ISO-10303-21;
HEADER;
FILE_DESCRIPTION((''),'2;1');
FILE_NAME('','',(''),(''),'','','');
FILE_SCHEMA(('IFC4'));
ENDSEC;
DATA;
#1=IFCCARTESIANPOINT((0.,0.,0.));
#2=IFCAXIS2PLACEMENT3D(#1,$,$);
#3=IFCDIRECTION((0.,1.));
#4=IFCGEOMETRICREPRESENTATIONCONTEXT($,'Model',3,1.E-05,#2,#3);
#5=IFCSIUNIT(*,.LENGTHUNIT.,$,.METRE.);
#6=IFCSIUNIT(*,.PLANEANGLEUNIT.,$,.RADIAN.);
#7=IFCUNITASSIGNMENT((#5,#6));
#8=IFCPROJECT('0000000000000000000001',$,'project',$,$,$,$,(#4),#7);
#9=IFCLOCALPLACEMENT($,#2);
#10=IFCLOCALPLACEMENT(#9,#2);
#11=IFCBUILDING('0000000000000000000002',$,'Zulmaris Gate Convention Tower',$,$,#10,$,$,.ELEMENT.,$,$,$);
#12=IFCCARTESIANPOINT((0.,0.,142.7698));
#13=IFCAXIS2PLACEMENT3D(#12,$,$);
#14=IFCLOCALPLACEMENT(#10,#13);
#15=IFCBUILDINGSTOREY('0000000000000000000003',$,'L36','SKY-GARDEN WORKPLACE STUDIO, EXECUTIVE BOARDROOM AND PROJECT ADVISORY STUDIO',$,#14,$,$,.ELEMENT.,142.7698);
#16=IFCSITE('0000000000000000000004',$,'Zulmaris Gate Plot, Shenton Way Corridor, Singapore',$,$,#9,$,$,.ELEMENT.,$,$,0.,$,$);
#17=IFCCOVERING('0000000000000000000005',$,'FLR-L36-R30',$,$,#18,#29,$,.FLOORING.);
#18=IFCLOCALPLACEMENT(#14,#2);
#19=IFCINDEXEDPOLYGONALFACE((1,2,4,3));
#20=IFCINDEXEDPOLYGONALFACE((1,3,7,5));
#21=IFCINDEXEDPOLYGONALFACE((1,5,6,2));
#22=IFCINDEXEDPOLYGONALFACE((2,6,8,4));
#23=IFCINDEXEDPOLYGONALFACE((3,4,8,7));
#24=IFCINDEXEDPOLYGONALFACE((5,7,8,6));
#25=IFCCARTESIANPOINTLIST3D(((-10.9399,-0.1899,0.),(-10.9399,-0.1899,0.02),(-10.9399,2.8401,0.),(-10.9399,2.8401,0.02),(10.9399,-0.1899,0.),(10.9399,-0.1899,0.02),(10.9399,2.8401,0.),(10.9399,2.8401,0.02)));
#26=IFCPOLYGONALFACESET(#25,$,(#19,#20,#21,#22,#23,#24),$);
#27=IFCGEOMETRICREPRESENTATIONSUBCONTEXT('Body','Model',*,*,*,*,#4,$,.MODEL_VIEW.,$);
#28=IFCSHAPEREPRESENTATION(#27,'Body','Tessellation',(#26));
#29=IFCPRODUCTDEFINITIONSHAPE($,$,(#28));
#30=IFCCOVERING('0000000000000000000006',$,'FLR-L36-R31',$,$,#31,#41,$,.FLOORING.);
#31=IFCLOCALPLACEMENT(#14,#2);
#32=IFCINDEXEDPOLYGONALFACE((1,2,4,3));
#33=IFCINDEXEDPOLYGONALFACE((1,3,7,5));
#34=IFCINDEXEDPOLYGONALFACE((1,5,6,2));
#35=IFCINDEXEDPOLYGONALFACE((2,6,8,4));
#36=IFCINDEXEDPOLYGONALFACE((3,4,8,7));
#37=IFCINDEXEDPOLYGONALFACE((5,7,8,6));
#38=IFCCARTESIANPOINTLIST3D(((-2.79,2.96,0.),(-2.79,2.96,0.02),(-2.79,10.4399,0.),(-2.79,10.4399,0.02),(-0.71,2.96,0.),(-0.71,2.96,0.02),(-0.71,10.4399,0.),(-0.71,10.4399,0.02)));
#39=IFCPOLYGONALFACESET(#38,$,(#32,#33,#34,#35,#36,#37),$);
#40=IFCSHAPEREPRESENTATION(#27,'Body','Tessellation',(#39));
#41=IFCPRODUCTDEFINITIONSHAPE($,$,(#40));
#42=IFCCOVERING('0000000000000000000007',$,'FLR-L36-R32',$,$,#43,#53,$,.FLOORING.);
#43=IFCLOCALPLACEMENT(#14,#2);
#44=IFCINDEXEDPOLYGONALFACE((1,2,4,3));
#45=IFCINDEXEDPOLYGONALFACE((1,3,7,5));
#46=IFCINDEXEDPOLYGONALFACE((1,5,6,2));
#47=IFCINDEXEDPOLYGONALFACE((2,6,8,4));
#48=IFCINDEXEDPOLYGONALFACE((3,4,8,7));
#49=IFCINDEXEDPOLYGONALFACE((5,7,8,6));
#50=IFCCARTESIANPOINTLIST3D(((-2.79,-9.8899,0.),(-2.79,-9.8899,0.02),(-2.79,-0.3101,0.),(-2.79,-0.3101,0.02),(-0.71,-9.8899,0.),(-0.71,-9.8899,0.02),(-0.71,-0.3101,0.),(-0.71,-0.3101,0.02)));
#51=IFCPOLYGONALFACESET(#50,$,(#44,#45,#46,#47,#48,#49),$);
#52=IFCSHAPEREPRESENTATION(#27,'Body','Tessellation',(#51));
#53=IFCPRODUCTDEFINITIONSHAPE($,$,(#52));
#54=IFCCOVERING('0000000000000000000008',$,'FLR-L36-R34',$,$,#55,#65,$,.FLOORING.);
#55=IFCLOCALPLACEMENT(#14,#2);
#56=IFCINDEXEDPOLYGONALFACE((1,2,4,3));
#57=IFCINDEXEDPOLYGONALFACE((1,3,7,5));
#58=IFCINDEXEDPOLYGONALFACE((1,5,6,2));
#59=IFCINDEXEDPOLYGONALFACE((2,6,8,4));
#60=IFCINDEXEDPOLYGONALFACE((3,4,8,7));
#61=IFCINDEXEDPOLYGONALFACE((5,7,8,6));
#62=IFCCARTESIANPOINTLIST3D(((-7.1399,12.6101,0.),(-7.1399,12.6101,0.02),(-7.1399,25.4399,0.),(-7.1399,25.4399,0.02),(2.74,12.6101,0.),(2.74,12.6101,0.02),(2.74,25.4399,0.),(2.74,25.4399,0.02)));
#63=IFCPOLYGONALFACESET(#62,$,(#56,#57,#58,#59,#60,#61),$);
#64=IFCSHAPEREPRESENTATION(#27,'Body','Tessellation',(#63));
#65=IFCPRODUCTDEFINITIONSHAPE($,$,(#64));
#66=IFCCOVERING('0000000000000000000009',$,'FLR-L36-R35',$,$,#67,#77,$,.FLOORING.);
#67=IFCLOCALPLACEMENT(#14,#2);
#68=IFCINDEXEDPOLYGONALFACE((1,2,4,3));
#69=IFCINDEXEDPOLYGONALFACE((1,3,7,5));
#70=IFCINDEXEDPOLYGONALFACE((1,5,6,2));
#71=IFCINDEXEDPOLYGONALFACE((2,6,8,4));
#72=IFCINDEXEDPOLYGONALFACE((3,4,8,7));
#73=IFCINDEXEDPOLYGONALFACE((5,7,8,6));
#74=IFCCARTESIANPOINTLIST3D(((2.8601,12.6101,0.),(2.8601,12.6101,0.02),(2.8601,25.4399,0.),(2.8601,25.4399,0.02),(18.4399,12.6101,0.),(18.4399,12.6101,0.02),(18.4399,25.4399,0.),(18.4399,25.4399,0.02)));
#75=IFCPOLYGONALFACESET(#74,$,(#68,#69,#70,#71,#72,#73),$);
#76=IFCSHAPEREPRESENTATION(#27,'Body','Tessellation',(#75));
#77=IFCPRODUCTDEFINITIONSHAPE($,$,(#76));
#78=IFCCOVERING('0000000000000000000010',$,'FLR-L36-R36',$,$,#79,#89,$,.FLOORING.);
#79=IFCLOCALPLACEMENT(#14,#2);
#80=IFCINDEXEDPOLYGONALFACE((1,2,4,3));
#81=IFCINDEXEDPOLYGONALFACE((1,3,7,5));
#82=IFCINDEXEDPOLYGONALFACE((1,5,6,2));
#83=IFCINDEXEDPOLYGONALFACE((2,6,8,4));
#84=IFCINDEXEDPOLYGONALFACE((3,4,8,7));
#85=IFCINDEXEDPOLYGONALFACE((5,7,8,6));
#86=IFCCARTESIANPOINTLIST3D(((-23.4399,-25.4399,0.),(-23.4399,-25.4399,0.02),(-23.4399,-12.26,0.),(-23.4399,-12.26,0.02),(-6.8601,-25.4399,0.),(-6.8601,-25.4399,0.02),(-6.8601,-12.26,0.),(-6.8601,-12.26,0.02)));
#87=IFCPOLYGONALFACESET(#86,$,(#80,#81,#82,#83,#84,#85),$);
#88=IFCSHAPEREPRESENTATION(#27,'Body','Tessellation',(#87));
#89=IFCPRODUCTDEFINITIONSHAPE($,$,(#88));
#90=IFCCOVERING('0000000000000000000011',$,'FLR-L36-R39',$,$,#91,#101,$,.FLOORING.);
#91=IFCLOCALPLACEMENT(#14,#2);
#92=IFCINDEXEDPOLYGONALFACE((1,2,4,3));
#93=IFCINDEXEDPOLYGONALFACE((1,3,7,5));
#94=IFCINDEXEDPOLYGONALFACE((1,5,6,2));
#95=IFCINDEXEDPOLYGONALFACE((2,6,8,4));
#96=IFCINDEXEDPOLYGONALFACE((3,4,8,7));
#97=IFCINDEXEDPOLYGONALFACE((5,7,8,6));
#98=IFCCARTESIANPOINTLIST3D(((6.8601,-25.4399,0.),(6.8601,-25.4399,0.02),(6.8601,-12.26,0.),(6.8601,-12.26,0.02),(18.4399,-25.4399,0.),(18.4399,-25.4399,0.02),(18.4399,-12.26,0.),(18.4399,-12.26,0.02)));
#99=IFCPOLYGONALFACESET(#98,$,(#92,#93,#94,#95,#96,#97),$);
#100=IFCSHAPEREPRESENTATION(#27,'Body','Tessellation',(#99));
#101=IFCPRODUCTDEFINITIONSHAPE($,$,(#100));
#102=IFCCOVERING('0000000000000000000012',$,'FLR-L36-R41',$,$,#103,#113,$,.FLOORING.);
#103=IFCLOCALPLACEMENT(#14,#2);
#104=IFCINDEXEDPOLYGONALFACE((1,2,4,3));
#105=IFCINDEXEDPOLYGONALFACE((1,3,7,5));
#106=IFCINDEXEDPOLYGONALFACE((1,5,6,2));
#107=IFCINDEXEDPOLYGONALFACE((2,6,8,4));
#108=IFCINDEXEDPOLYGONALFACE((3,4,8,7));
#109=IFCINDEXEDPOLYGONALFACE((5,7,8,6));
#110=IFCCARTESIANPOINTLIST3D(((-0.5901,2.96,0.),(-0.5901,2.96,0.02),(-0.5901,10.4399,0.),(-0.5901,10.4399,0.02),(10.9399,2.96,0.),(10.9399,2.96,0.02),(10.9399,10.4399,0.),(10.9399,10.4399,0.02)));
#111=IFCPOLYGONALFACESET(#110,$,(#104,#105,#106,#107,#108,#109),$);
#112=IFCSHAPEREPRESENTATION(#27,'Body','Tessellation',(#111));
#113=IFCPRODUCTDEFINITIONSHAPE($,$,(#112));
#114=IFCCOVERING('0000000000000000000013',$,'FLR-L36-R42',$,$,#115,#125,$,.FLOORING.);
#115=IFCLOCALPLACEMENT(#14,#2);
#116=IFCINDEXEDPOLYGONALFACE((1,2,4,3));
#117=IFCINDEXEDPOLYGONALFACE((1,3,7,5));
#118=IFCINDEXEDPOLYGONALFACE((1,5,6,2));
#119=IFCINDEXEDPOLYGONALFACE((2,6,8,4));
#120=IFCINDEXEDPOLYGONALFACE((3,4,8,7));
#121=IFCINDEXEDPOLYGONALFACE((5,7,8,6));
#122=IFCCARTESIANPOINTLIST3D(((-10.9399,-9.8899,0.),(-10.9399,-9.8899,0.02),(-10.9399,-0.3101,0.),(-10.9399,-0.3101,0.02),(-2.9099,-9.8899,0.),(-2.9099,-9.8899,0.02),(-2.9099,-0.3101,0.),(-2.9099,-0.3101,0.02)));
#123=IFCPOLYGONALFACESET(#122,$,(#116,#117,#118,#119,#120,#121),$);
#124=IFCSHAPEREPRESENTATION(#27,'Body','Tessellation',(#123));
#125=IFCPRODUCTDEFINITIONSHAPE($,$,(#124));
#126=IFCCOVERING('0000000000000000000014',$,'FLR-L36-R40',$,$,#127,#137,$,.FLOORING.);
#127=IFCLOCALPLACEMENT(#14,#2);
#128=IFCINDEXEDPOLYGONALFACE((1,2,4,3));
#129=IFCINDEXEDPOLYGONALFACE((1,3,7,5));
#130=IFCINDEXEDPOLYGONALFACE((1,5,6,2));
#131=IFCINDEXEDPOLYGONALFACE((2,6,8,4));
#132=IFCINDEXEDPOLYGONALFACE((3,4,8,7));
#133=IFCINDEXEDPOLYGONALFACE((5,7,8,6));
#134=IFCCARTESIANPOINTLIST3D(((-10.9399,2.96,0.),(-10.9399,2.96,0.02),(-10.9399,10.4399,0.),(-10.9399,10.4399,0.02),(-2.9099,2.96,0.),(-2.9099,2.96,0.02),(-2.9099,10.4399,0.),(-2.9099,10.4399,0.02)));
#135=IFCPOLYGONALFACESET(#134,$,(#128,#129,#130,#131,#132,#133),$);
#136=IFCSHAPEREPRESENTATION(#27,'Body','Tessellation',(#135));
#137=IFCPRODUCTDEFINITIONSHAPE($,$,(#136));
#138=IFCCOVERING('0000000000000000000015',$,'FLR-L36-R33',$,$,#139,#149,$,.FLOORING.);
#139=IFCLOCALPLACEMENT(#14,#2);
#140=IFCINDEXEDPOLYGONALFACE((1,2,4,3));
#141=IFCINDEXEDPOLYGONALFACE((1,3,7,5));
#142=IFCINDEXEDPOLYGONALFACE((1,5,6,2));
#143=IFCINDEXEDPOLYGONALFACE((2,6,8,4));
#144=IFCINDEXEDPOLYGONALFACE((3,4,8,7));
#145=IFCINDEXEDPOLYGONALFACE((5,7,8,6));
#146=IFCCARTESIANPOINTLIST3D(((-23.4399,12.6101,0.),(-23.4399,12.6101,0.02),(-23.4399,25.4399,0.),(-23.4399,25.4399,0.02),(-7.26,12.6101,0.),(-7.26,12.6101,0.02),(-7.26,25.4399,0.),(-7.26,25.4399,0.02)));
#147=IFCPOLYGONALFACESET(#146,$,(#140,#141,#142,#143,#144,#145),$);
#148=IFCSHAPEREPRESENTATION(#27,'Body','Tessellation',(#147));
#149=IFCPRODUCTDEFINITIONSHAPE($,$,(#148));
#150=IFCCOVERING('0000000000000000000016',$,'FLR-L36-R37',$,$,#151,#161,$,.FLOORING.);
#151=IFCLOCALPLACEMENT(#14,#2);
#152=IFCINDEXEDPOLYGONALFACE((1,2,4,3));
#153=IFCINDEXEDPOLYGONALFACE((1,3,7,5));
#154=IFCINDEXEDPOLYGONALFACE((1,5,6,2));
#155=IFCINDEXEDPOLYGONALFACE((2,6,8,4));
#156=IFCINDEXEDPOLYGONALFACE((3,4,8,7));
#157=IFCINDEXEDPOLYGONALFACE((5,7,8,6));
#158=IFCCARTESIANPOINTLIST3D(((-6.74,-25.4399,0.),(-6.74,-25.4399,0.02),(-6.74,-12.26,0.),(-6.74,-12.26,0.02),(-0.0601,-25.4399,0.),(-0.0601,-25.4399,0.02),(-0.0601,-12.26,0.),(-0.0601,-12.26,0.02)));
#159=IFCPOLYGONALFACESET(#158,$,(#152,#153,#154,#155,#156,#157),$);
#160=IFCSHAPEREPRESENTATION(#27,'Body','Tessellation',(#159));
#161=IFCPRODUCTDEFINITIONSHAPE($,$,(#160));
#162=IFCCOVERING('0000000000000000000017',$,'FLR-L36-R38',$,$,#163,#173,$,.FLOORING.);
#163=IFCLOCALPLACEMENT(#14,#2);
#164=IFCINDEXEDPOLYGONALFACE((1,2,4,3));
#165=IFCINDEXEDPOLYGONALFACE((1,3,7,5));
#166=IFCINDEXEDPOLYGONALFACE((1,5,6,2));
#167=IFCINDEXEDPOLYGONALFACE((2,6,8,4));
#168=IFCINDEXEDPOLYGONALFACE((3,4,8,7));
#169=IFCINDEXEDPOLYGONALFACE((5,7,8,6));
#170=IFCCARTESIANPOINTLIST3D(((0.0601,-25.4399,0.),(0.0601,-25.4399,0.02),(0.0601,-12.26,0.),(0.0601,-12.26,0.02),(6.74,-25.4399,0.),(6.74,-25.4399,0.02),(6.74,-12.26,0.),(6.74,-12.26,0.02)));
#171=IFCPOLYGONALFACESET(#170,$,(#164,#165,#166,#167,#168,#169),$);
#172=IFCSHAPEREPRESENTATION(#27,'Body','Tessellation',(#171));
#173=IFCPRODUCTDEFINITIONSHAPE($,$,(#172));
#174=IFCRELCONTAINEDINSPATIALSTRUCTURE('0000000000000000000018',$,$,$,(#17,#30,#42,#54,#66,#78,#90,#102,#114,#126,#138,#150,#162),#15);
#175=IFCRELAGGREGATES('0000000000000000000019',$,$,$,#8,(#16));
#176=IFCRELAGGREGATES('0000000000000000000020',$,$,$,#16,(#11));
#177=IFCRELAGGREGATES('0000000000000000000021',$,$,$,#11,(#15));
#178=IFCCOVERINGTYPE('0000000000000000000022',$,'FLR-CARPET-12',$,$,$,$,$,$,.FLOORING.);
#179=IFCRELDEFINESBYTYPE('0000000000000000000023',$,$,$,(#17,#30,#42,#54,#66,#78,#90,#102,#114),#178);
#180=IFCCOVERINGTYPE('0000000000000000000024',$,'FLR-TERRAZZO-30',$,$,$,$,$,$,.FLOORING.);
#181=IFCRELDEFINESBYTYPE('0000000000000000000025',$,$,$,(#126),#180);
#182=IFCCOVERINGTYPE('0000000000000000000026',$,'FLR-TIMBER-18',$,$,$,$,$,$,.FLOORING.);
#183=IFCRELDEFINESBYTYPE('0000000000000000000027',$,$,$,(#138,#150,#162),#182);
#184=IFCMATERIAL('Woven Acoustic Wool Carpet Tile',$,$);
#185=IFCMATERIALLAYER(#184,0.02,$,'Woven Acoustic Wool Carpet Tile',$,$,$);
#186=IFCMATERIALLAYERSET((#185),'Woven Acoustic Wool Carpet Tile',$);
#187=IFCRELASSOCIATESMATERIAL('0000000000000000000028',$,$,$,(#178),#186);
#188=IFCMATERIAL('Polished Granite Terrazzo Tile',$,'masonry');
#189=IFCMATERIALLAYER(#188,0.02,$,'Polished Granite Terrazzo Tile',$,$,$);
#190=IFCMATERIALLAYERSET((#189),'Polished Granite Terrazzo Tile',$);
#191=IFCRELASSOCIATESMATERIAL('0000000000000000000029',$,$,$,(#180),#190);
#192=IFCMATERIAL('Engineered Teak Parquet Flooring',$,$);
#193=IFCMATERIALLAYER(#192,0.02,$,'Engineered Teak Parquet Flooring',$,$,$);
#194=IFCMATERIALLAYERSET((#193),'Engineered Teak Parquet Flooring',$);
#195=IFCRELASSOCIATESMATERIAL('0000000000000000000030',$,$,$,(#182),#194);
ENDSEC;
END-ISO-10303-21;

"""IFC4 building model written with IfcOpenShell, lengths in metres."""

from ifc_helpers import new_model, si_unit, direction, frame, origin, place, context, subcontext, project, spatial, polyline, outline, extrude, material, layer, layer_set, type_object, element, save


model = new_model("IFC4")

# Units and contexts
model_context = context("Model", 3, precision=1e-05, world=origin(), true_north=direction((0.0, 1.0)))
body_context = subcontext(model_context, "Body", "Model", "MODEL_VIEW")
ifc_project = project(units=[si_unit("LENGTHUNIT", "METRE"), si_unit("PLANEANGLEUNIT", "RADIAN")], contexts=[model_context])

# Site, building, storey
site_placement = place(None, origin())
site = spatial("IfcSite", under=ifc_project, at=site_placement, Name="Zulmaris Gate Plot, Shenton Way Corridor, Singapore", CompositionType="ELEMENT", RefElevation=0.0)
building_placement = place(site_placement, origin())
building = spatial("IfcBuilding", under=site, at=building_placement, Name="Zulmaris Gate Convention Tower", CompositionType="ELEMENT")
storey_placement = place(building_placement, frame((0.0, 0.0, 142.7698)))
storey = spatial("IfcBuildingStorey", under=building, at=storey_placement, Name="L36", Description="SKY-GARDEN WORKPLACE STUDIO, EXECUTIVE BOARDROOM AND PROJECT ADVISORY STUDIO", CompositionType="ELEMENT", Elevation=142.7698)

# Coverings
ifc_material_1 = material(Name="Woven Acoustic Wool Carpet Tile")
ifc_layer_1 = layer(ifc_material_1, 0.02, Name="Woven Acoustic Wool Carpet Tile")
ifc_layer_set_1 = layer_set([ifc_layer_1], Name="Woven Acoustic Wool Carpet Tile")
covering_type_1 = type_object("IfcCoveringType", Name="FLR-CARPET-12", PredefinedType="FLOORING", material=ifc_layer_set_1)
covering_1_placement = place(storey_placement, origin())
element("IfcCovering", 1, at=covering_1_placement, inside=storey, type_object=covering_type_1, Name="FLR-L36-R30", PredefinedType="FLOORING", context=body_context, shape_type="SweptSolid", body=[
    extrude(outline(polyline([(-10.9399, -0.1899), (10.9399, -0.1899), (10.9399, 2.8401), (-10.9399, 2.8401), (-10.9399, -0.1899)])), origin(), (0.0, 0.0, 1.0), 0.02),
])
covering_2_placement = place(storey_placement, origin())
element("IfcCovering", 2, at=covering_2_placement, inside=storey, type_object=covering_type_1, Name="FLR-L36-R31", PredefinedType="FLOORING", context=body_context, shape_type="SweptSolid", body=[
    extrude(outline(polyline([(-2.79, 2.96), (-0.71, 2.96), (-0.71, 10.4399), (-2.79, 10.4399), (-2.79, 2.96)])), origin(), (0.0, 0.0, 1.0), 0.02),
])
covering_3_placement = place(storey_placement, origin())
element("IfcCovering", 3, at=covering_3_placement, inside=storey, type_object=covering_type_1, Name="FLR-L36-R32", PredefinedType="FLOORING", context=body_context, shape_type="SweptSolid", body=[
    extrude(outline(polyline([(-2.79, -9.8899), (-0.71, -9.8899), (-0.71, -0.3101), (-2.79, -0.3101), (-2.79, -9.8899)])), origin(), (0.0, 0.0, 1.0), 0.02),
])
covering_4_placement = place(storey_placement, origin())
element("IfcCovering", 4, at=covering_4_placement, inside=storey, type_object=covering_type_1, Name="FLR-L36-R34", PredefinedType="FLOORING", context=body_context, shape_type="SweptSolid", body=[
    extrude(outline(polyline([(-7.1399, 12.6101), (2.74, 12.6101), (2.74, 25.4399), (-7.1399, 25.4399), (-7.1399, 12.6101)])), origin(), (0.0, 0.0, 1.0), 0.02),
])
covering_5_placement = place(storey_placement, origin())
element("IfcCovering", 5, at=covering_5_placement, inside=storey, type_object=covering_type_1, Name="FLR-L36-R35", PredefinedType="FLOORING", context=body_context, shape_type="SweptSolid", body=[
    extrude(outline(polyline([(2.8601, 12.6101), (18.4399, 12.6101), (18.4399, 25.4399), (2.8601, 25.4399), (2.8601, 12.6101)])), origin(), (0.0, 0.0, 1.0), 0.02),
])
covering_6_placement = place(storey_placement, origin())
element("IfcCovering", 6, at=covering_6_placement, inside=storey, type_object=covering_type_1, Name="FLR-L36-R36", PredefinedType="FLOORING", context=body_context, shape_type="SweptSolid", body=[
    extrude(outline(polyline([(-23.4399, -25.4399), (-6.8601, -25.4399), (-6.8601, -12.26), (-23.4399, -12.26), (-23.4399, -25.4399)])), origin(), (0.0, 0.0, 1.0), 0.02),
])
covering_7_placement = place(storey_placement, origin())
element("IfcCovering", 7, at=covering_7_placement, inside=storey, type_object=covering_type_1, Name="FLR-L36-R39", PredefinedType="FLOORING", context=body_context, shape_type="SweptSolid", body=[
    extrude(outline(polyline([(6.8601, -25.4399), (18.4399, -25.4399), (18.4399, -12.26), (6.8601, -12.26), (6.8601, -25.4399)])), origin(), (0.0, 0.0, 1.0), 0.02),
])
covering_8_placement = place(storey_placement, origin())
element("IfcCovering", 8, at=covering_8_placement, inside=storey, type_object=covering_type_1, Name="FLR-L36-R41", PredefinedType="FLOORING", context=body_context, shape_type="SweptSolid", body=[
    extrude(outline(polyline([(-0.5901, 2.96), (10.9399, 2.96), (10.9399, 10.4399), (-0.5901, 10.4399), (-0.5901, 2.96)])), origin(), (0.0, 0.0, 1.0), 0.02),
])
covering_9_placement = place(storey_placement, origin())
element("IfcCovering", 9, at=covering_9_placement, inside=storey, type_object=covering_type_1, Name="FLR-L36-R42", PredefinedType="FLOORING", context=body_context, shape_type="SweptSolid", body=[
    extrude(outline(polyline([(-10.9399, -9.8899), (-2.9099, -9.8899), (-2.9099, -0.3101), (-10.9399, -0.3101), (-10.9399, -9.8899)])), origin(), (0.0, 0.0, 1.0), 0.02),
])
ifc_material_2 = material(Name="Polished Granite Terrazzo Tile", Category="masonry")
ifc_layer_2 = layer(ifc_material_2, 0.02, Name="Polished Granite Terrazzo Tile")
ifc_layer_set_2 = layer_set([ifc_layer_2], Name="Polished Granite Terrazzo Tile")
covering_type_2 = type_object("IfcCoveringType", Name="FLR-TERRAZZO-30", PredefinedType="FLOORING", material=ifc_layer_set_2)
covering_10_placement = place(storey_placement, origin())
element("IfcCovering", 10, at=covering_10_placement, inside=storey, type_object=covering_type_2, Name="FLR-L36-R40", PredefinedType="FLOORING", context=body_context, shape_type="SweptSolid", body=[
    extrude(outline(polyline([(-10.9399, 2.96), (-2.9099, 2.96), (-2.9099, 10.4399), (-10.9399, 10.4399), (-10.9399, 2.96)])), origin(), (0.0, 0.0, 1.0), 0.02),
])
ifc_material_3 = material(Name="Engineered Teak Parquet Flooring")
ifc_layer_3 = layer(ifc_material_3, 0.02, Name="Engineered Teak Parquet Flooring")
ifc_layer_set_3 = layer_set([ifc_layer_3], Name="Engineered Teak Parquet Flooring")
covering_type_3 = type_object("IfcCoveringType", Name="FLR-TIMBER-18", PredefinedType="FLOORING", material=ifc_layer_set_3)
covering_11_placement = place(storey_placement, origin())
element("IfcCovering", 11, at=covering_11_placement, inside=storey, type_object=covering_type_3, Name="FLR-L36-R33", PredefinedType="FLOORING", context=body_context, shape_type="SweptSolid", body=[
    extrude(outline(polyline([(-23.4399, 12.6101), (-7.26, 12.6101), (-7.26, 25.4399), (-23.4399, 25.4399), (-23.4399, 12.6101)])), origin(), (0.0, 0.0, 1.0), 0.02),
])
covering_12_placement = place(storey_placement, origin())
element("IfcCovering", 12, at=covering_12_placement, inside=storey, type_object=covering_type_3, Name="FLR-L36-R37", PredefinedType="FLOORING", context=body_context, shape_type="SweptSolid", body=[
    extrude(outline(polyline([(-6.74, -25.4399), (-0.0601, -25.4399), (-0.0601, -12.26), (-6.74, -12.26), (-6.74, -25.4399)])), origin(), (0.0, 0.0, 1.0), 0.02),
])
covering_13_placement = place(storey_placement, origin())
element("IfcCovering", 13, at=covering_13_placement, inside=storey, type_object=covering_type_3, Name="FLR-L36-R38", PredefinedType="FLOORING", context=body_context, shape_type="SweptSolid", body=[
    extrude(outline(polyline([(0.0601, -25.4399), (6.74, -25.4399), (6.74, -12.26), (0.0601, -12.26), (0.0601, -25.4399)])), origin(), (0.0, 0.0, 1.0), 0.02),
])

save(model, "model.ifc")
